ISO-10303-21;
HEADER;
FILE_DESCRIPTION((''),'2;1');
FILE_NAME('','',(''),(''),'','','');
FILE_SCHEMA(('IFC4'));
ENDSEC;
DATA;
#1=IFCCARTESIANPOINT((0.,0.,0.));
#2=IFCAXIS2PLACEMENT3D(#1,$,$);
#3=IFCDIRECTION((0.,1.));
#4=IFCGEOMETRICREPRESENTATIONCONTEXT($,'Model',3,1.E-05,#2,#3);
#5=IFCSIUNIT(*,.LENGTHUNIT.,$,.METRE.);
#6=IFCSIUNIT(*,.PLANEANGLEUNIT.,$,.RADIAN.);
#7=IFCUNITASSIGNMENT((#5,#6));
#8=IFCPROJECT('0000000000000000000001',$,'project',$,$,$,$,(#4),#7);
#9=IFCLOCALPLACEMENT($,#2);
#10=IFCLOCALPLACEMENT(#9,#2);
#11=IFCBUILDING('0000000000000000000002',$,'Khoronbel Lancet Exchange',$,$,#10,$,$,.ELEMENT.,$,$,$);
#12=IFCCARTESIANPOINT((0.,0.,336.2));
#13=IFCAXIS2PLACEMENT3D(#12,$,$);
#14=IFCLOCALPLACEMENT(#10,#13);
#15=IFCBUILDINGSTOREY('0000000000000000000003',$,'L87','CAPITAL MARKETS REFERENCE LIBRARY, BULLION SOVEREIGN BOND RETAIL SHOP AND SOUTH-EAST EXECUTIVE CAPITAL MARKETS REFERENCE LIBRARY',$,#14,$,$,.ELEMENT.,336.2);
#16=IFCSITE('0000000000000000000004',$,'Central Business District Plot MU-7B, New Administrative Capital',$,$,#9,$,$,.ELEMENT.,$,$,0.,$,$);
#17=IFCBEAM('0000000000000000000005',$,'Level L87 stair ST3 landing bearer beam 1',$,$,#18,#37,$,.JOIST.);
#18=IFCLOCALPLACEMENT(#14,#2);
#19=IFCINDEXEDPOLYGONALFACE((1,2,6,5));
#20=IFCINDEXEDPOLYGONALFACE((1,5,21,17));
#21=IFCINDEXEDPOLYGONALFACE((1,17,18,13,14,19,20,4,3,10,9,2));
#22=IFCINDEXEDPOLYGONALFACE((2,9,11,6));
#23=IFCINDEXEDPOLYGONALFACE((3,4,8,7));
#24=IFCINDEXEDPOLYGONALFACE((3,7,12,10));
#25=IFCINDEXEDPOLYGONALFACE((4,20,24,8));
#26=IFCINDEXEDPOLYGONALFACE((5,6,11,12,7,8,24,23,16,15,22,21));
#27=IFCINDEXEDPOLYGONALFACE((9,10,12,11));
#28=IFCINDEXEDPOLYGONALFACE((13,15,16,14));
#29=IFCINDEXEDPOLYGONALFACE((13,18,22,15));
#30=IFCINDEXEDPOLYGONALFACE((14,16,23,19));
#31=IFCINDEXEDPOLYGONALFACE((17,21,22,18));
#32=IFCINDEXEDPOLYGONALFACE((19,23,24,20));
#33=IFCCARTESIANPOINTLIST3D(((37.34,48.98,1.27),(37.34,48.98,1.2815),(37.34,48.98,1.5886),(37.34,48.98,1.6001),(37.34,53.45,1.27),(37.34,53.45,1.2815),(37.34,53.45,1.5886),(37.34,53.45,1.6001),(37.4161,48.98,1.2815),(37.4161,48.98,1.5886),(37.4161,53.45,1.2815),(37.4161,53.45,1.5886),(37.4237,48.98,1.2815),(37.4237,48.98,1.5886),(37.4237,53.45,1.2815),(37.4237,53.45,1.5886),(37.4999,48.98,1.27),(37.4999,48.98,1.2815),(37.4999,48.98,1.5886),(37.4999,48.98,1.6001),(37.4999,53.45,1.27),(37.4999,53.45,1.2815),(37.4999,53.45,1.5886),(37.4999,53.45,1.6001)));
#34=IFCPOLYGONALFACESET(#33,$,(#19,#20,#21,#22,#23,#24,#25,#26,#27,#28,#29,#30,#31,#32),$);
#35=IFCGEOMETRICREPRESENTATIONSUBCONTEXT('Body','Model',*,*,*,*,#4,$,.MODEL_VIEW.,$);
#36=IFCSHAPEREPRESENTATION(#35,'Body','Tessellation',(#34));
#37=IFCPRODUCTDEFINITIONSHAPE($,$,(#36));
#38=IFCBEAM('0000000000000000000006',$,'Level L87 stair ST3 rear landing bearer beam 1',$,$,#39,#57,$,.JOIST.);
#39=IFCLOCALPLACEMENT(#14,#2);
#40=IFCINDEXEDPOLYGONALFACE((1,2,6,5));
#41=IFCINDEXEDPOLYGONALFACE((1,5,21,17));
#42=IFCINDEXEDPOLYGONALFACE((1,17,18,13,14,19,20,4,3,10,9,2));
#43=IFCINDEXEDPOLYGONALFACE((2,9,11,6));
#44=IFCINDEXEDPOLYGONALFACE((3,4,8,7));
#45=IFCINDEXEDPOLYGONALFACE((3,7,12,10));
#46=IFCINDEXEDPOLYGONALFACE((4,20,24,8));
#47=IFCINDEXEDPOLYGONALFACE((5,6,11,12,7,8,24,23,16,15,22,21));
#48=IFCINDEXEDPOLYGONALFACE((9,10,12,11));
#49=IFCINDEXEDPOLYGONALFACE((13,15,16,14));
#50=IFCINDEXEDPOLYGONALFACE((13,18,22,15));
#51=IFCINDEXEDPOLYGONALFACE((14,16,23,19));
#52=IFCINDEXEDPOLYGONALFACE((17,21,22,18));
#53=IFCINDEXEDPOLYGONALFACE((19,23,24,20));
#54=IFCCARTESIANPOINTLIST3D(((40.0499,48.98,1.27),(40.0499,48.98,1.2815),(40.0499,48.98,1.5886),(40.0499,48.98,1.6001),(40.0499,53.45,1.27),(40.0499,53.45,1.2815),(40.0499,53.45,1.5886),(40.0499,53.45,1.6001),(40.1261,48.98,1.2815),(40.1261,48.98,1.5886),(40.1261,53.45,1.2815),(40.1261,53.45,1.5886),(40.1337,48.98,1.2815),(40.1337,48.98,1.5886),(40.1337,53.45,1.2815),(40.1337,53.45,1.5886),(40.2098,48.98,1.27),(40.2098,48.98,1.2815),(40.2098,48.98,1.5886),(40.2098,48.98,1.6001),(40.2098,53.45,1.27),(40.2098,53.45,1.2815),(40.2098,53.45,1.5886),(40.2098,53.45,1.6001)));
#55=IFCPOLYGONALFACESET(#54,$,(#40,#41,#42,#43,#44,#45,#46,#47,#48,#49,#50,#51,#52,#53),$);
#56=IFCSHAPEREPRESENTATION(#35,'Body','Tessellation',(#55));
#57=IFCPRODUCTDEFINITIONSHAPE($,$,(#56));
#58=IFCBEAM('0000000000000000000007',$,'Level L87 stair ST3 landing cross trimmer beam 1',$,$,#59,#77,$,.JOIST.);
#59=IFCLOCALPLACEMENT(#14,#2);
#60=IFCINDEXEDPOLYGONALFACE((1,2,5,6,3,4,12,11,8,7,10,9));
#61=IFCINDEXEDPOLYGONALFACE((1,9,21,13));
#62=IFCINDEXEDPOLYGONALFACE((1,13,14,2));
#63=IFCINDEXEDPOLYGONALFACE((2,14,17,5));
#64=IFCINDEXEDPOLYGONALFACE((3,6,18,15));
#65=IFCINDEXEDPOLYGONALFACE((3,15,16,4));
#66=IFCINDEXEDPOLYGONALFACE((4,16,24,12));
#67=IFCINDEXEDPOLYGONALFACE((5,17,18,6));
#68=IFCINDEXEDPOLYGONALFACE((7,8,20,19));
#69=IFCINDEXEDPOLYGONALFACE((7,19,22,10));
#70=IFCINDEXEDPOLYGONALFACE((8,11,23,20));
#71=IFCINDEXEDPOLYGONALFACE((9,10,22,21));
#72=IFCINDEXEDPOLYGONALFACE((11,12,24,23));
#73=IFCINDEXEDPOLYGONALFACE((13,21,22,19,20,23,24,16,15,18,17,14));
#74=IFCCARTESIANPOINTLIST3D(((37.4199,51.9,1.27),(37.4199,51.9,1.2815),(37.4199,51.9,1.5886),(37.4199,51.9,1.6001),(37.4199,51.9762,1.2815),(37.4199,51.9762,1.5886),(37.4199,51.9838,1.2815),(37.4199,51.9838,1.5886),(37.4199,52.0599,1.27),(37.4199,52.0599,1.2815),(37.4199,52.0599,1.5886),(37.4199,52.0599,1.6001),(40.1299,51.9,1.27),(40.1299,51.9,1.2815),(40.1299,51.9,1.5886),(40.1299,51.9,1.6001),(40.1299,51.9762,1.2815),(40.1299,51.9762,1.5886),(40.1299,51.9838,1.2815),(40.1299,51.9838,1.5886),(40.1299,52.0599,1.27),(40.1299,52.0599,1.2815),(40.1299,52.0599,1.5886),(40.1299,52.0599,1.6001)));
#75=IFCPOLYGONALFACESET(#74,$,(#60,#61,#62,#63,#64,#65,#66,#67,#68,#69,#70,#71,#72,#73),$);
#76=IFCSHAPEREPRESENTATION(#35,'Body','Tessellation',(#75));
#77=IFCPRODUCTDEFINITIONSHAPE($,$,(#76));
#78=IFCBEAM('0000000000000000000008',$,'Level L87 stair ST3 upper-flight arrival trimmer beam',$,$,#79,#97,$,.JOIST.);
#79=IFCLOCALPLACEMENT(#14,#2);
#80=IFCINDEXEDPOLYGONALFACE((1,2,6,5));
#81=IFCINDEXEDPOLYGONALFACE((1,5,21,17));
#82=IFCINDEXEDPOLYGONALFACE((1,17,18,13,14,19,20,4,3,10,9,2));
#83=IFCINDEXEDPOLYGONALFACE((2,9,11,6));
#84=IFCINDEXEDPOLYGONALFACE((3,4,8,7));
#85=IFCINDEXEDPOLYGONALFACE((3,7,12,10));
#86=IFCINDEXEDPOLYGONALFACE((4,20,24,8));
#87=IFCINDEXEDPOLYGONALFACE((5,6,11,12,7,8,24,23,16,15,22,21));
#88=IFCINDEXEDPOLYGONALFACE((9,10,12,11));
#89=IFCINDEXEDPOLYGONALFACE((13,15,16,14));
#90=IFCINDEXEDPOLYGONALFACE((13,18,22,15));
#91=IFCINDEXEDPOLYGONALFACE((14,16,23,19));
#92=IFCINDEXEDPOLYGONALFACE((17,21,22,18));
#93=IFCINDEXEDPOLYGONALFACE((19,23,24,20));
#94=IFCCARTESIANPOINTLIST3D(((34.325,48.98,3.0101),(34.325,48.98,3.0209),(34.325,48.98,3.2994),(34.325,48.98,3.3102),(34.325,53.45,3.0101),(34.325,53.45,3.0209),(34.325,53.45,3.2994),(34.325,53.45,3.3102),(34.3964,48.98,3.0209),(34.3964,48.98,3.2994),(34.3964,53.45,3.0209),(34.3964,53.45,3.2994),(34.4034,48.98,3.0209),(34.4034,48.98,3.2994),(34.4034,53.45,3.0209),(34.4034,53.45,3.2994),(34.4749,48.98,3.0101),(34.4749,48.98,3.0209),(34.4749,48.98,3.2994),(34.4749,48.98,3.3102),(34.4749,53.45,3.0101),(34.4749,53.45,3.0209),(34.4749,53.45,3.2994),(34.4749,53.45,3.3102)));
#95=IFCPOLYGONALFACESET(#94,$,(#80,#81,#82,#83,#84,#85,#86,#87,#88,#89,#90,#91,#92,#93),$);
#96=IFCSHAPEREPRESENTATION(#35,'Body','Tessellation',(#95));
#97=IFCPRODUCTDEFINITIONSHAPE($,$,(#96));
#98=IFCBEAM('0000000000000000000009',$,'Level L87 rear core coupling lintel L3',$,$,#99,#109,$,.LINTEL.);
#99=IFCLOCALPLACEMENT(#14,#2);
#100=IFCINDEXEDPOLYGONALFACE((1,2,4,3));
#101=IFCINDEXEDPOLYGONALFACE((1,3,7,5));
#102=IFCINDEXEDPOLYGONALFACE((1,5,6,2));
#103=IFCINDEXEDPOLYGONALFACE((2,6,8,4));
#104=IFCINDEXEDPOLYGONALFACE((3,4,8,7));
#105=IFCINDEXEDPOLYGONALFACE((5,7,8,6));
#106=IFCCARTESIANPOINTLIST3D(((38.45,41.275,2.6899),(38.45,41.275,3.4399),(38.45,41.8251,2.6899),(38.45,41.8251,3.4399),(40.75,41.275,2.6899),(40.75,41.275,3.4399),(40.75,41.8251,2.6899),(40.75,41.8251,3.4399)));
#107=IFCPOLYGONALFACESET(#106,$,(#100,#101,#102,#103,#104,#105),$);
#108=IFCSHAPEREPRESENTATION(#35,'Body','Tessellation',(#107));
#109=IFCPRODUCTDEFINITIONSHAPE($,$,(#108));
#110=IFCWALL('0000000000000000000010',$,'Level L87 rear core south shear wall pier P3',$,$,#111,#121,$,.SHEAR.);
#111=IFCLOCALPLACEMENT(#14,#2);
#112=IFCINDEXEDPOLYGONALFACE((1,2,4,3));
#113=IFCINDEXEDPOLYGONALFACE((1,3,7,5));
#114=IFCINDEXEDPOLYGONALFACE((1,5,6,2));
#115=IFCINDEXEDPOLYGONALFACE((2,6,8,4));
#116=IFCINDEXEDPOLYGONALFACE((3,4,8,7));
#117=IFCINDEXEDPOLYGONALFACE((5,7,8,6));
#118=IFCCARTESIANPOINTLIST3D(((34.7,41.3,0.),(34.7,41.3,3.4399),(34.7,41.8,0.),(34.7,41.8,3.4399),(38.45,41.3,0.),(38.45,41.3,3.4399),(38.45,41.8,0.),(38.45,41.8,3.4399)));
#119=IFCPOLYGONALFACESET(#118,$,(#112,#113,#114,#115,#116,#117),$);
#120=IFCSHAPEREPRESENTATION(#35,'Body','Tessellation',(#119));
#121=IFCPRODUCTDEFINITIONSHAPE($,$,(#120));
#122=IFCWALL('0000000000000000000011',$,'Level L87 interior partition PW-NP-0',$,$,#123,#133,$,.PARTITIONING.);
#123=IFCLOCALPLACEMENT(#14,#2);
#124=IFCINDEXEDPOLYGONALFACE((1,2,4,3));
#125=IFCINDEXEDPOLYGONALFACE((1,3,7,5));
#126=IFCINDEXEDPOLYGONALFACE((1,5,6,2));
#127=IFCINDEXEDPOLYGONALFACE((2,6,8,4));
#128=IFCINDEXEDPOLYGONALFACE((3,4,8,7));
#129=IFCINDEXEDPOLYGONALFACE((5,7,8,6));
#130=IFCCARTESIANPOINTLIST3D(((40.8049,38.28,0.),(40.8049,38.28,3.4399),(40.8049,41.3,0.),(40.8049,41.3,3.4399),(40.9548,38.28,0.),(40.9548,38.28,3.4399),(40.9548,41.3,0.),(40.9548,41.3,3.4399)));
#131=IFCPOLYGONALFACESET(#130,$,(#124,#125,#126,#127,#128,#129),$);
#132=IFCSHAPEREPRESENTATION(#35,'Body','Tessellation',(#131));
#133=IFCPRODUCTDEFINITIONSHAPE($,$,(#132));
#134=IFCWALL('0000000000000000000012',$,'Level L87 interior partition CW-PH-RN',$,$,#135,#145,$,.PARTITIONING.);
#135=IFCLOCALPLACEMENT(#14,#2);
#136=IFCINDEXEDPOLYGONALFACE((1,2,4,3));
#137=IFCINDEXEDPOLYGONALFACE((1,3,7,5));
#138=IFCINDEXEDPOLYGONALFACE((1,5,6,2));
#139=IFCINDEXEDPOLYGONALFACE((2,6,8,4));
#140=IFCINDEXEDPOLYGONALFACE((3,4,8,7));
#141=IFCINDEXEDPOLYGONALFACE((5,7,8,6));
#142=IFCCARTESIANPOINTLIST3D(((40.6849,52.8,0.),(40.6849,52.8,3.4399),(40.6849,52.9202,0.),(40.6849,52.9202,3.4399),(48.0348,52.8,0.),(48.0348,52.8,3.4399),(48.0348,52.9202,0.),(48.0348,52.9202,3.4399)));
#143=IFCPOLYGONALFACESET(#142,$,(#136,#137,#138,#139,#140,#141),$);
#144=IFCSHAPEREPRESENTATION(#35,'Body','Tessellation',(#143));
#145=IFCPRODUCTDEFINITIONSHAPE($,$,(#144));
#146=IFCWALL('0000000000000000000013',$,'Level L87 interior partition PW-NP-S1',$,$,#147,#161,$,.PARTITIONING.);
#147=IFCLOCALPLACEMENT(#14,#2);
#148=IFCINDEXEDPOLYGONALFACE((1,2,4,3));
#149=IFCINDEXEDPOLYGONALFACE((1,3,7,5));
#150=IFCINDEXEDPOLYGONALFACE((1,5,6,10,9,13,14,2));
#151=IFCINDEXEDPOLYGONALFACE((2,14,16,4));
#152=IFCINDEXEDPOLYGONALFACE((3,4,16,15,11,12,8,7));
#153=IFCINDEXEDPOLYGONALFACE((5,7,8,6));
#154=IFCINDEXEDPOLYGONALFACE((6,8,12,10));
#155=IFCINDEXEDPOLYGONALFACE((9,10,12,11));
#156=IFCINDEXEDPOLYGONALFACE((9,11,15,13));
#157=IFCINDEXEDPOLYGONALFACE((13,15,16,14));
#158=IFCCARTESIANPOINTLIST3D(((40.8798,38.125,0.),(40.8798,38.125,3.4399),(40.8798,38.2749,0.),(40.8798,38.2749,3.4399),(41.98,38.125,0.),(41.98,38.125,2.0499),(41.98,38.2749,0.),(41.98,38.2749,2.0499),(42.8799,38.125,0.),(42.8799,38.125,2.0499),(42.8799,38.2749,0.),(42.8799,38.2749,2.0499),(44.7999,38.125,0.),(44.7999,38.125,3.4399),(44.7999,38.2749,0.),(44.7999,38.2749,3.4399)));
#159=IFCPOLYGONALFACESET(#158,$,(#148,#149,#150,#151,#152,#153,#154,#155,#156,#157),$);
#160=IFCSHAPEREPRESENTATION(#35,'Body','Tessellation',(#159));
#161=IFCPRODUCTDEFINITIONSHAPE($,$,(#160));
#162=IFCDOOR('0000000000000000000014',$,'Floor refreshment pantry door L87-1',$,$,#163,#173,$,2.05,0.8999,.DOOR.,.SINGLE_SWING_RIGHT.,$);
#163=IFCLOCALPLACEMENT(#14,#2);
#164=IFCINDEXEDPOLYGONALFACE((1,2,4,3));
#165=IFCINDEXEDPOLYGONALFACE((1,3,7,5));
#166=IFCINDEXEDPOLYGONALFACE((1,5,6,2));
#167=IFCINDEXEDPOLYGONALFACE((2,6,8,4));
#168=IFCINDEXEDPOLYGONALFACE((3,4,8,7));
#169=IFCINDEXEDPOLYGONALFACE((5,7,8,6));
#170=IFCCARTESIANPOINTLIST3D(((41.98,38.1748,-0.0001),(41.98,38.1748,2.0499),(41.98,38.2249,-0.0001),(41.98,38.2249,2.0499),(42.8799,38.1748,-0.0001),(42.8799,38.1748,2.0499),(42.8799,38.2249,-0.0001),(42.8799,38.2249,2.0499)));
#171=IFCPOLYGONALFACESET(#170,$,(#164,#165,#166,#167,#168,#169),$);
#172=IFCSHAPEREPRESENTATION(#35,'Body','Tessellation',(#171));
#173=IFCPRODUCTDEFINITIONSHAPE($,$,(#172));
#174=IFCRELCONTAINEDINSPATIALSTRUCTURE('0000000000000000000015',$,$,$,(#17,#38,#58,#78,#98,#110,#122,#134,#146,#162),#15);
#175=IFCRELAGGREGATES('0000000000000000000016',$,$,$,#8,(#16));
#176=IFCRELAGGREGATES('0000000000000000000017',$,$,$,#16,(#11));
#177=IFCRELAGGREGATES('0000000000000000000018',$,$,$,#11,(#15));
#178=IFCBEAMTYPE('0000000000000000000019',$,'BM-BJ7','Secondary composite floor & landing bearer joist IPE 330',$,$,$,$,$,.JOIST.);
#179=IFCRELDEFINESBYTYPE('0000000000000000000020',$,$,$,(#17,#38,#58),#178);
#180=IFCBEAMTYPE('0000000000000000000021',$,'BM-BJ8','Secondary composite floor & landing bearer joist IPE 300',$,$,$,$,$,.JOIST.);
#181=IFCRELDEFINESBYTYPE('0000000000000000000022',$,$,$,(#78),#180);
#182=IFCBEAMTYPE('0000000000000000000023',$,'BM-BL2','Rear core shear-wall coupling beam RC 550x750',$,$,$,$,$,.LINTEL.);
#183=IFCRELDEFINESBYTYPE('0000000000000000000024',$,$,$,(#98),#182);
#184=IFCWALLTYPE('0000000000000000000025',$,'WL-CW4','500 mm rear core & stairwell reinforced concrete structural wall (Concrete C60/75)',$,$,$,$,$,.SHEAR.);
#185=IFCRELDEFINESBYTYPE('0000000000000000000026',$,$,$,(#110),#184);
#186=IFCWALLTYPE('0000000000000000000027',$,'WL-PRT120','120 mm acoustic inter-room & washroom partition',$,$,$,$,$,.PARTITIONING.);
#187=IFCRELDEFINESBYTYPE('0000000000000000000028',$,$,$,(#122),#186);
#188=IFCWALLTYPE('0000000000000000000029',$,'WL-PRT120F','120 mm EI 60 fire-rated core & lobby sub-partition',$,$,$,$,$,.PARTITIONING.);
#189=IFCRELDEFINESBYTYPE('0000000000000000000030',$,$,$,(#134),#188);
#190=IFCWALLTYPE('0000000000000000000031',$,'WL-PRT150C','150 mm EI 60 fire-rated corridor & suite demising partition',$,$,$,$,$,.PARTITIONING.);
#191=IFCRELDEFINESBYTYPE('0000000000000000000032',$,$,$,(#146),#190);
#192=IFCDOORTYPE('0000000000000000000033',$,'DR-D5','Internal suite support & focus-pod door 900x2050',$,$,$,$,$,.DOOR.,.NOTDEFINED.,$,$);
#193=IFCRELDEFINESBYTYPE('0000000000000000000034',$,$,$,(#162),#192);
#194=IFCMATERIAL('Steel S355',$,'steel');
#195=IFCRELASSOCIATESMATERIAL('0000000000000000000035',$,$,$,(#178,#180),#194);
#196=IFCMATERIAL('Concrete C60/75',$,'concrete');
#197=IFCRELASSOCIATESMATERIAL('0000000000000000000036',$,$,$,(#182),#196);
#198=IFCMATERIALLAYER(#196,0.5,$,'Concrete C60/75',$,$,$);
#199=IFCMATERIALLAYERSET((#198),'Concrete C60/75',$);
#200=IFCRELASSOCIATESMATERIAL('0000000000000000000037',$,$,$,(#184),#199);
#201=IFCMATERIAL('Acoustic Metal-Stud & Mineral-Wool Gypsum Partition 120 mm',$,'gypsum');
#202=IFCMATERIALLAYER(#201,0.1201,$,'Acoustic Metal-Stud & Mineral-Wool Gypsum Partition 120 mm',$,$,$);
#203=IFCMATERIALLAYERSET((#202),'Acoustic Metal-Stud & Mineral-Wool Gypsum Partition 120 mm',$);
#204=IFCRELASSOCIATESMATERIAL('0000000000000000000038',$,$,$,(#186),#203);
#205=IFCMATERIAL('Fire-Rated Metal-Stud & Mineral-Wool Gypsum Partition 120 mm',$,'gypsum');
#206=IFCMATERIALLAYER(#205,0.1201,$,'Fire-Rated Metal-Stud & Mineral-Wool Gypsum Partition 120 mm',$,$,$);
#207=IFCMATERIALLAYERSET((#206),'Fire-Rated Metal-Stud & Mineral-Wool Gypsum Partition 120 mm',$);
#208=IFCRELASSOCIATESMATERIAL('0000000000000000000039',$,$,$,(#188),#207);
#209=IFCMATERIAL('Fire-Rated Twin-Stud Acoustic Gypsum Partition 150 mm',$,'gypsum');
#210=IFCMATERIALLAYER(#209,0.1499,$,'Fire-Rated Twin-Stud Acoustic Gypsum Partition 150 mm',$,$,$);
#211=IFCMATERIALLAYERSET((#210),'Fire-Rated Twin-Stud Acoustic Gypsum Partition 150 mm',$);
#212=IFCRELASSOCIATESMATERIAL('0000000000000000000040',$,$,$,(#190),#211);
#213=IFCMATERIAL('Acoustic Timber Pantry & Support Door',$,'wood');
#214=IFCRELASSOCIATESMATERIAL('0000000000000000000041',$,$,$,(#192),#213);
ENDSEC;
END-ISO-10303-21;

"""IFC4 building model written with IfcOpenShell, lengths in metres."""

from ifc_helpers import new_model, si_unit, direction, frame, frame_2d, origin, origin_2d, place, context, subcontext, project, spatial, rectangle, i_section, extrude, material, layer, layer_set, material_profile, profile_set, type_object, element, fill, save


model = new_model("IFC4")

# Units and contexts
model_context = context("Model", 3, precision=1e-05, world=origin(), true_north=direction((0.0, 1.0)))
body_context = subcontext(model_context, "Body", "Model", "MODEL_VIEW")
ifc_project = project(units=[si_unit("LENGTHUNIT", "METRE"), si_unit("PLANEANGLEUNIT", "RADIAN")], contexts=[model_context])

# Site, building, storey
site_placement = place(None, origin())
site = spatial("IfcSite", under=ifc_project, at=site_placement, Name="Central Business District Plot MU-7B, New Administrative Capital", CompositionType="ELEMENT", RefElevation=0.0)
building_placement = place(site_placement, origin())
building = spatial("IfcBuilding", under=site, at=building_placement, Name="Khoronbel Lancet Exchange", CompositionType="ELEMENT")
storey_placement = place(building_placement, frame((0.0, 0.0, 336.2)))
storey = spatial("IfcBuildingStorey", under=building, at=storey_placement, Name="L87", Description="CAPITAL MARKETS REFERENCE LIBRARY, BULLION SOVEREIGN BOND RETAIL SHOP AND SOUTH-EAST EXECUTIVE CAPITAL MARKETS REFERENCE LIBRARY", CompositionType="ELEMENT", Elevation=336.2)

# Beams
ifc_material_1 = material(Name="Steel S355", Category="steel")
ifc_material_profile_1 = material_profile(ifc_material_1, i_section(OverallWidth=0.1599, OverallDepth=0.3301, WebThickness=0.0076, FlangeThickness=0.0115, at=origin_2d()), Name="IPE 330")
ifc_profile_set_1 = profile_set([ifc_material_profile_1], Name="Steel S355")
beam_type_1 = type_object("IfcBeamType", Name="BM-BJ7", Description="Secondary composite floor & landing bearer joist IPE 330", PredefinedType="JOIST", material=ifc_profile_set_1)
for number, where, z_axis, x_axis, name in (
    (1, (37.4199, 48.98, 1.4351), (0.0, 1.0, 0.0), (-1.0, 0.0, 0.0), "Level L87 stair ST3 landing bearer beam 1"),
    (2, (40.1299, 48.98, 1.4351), (0.0, 1.0, 0.0), (-1.0, 0.0, 0.0), "Level L87 stair ST3 rear landing bearer beam 1"),
):
    element("IfcBeam", number, at=place(storey_placement, frame(where, z_axis=z_axis, x_axis=x_axis)), inside=storey, type_object=beam_type_1, Name=name, PredefinedType="JOIST", context=body_context, shape_type="SweptSolid", body=[
        extrude(i_section(OverallWidth=0.1599, OverallDepth=0.3301, WebThickness=0.0076, FlangeThickness=0.0115, at=origin_2d()), origin(), (0.0, 0.0, 1.0), 4.47),
    ])
beam_1_placement = place(storey_placement, frame((37.4199, 51.98, 1.4351), z_axis=(1.0, 0.0, 0.0), x_axis=(0.0, 1.0, 0.0)))
element("IfcBeam", 3, at=beam_1_placement, inside=storey, type_object=beam_type_1, Name="Level L87 stair ST3 landing cross trimmer beam 1", PredefinedType="JOIST", context=body_context, shape_type="SweptSolid", body=[
    extrude(i_section(OverallWidth=0.1599, OverallDepth=0.3301, WebThickness=0.0076, FlangeThickness=0.0115, at=origin_2d()), origin(), (0.0, 0.0, 1.0), 2.71),
])
ifc_material_profile_2 = material_profile(ifc_material_1, i_section(OverallWidth=0.1499, OverallDepth=0.3, WebThickness=0.0071, FlangeThickness=0.0107, at=origin_2d()), Name="IPE 300")
ifc_profile_set_2 = profile_set([ifc_material_profile_2], Name="Steel S355")
beam_type_2 = type_object("IfcBeamType", Name="BM-BJ8", Description="Secondary composite floor & landing bearer joist IPE 300", PredefinedType="JOIST", material=ifc_profile_set_2)
beam_2_placement = place(storey_placement, frame((34.3999, 48.98, 3.1602), z_axis=(0.0, 1.0, 0.0), x_axis=(-1.0, 0.0, 0.0)))
element("IfcBeam", 4, at=beam_2_placement, inside=storey, type_object=beam_type_2, Name="Level L87 stair ST3 upper-flight arrival trimmer beam", PredefinedType="JOIST", context=body_context, shape_type="SweptSolid", body=[
    extrude(i_section(OverallWidth=0.1499, OverallDepth=0.3, WebThickness=0.0071, FlangeThickness=0.0107, at=origin_2d()), origin(), (0.0, 0.0, 1.0), 4.47),
])
ifc_material_2 = material(Name="Concrete C60/75", Category="concrete")
ifc_material_profile_3 = material_profile(ifc_material_2, rectangle(XDim=0.55, YDim=0.75, at=origin_2d()), Name="RC 550x750")
ifc_profile_set_3 = profile_set([ifc_material_profile_3], Name="Concrete C60/75")
beam_type_3 = type_object("IfcBeamType", Name="BM-BL2", Description="Rear core shear-wall coupling beam RC 550x750", PredefinedType="LINTEL", material=ifc_profile_set_3)
beam_3_placement = place(storey_placement, frame((38.45, 41.55, 3.0649), z_axis=(1.0, 0.0, 0.0), x_axis=(0.0, 1.0, 0.0)))
element("IfcBeam", 5, at=beam_3_placement, inside=storey, type_object=beam_type_3, Name="Level L87 rear core coupling lintel L3", PredefinedType="LINTEL", context=body_context, shape_type="SweptSolid", body=[
    extrude(rectangle(XDim=0.55, YDim=0.75, at=origin_2d()), origin(), (0.0, 0.0, 1.0), 2.3),
])

# Walls
ifc_layer_1 = layer(ifc_material_2, 0.5, Name="Concrete C60/75")
ifc_layer_set_1 = layer_set([ifc_layer_1], Name="Concrete C60/75")
wall_type_1 = type_object("IfcWallType", Name="WL-CW4", Description="500 mm rear core & stairwell reinforced concrete structural wall (Concrete C60/75)", PredefinedType="SHEAR", material=ifc_layer_set_1)
wall_1_placement = place(storey_placement, frame((38.45, 41.55, 0.0), z_axis=(0.0, 0.0, 1.0), x_axis=(-1.0, 0.0, 0.0)))
element("IfcWall", 6, at=wall_1_placement, inside=storey, type_object=wall_type_1, Name="Level L87 rear core south shear wall pier P3", PredefinedType="SHEAR", context=body_context, shape_type="SweptSolid", body=[
    extrude(rectangle(XDim=3.75, YDim=0.5, at=frame_2d((1.875, 0.0))), origin(), (0.0, 0.0, 1.0), 3.4399),
])
ifc_material_3 = material(Name="Acoustic Metal-Stud & Mineral-Wool Gypsum Partition 120 mm", Category="gypsum")
ifc_layer_2 = layer(ifc_material_3, 0.1201, Name="Acoustic Metal-Stud & Mineral-Wool Gypsum Partition 120 mm")
ifc_layer_set_2 = layer_set([ifc_layer_2], Name="Acoustic Metal-Stud & Mineral-Wool Gypsum Partition 120 mm")
wall_type_2 = type_object("IfcWallType", Name="WL-PRT120", Description="120 mm acoustic inter-room & washroom partition", PredefinedType="PARTITIONING", material=ifc_layer_set_2)
wall_2_placement = place(storey_placement, frame((40.8799, 38.28, 0.0), z_axis=(0.0, 0.0, 1.0), x_axis=(0.0, 1.0, 0.0)))
element("IfcWall", 7, at=wall_2_placement, inside=storey, type_object=wall_type_2, Name="Level L87 interior partition PW-NP-0", PredefinedType="PARTITIONING", context=body_context, shape_type="SweptSolid", body=[
    extrude(rectangle(XDim=3.02, YDim=0.1499, at=frame_2d((1.51, 0.0))), origin(), (0.0, 0.0, 1.0), 3.4399),
])
ifc_material_4 = material(Name="Fire-Rated Metal-Stud & Mineral-Wool Gypsum Partition 120 mm", Category="gypsum")
ifc_layer_3 = layer(ifc_material_4, 0.1201, Name="Fire-Rated Metal-Stud & Mineral-Wool Gypsum Partition 120 mm")
ifc_layer_set_3 = layer_set([ifc_layer_3], Name="Fire-Rated Metal-Stud & Mineral-Wool Gypsum Partition 120 mm")
wall_type_3 = type_object("IfcWallType", Name="WL-PRT120F", Description="120 mm EI 60 fire-rated core & lobby sub-partition", PredefinedType="PARTITIONING", material=ifc_layer_set_3)
wall_3_placement = place(storey_placement, frame((40.6851, 52.8601, 0.0), z_axis=(0.0, 0.0, 1.0), x_axis=(1.0, 0.0, 0.0)))
element("IfcWall", 8, at=wall_3_placement, inside=storey, type_object=wall_type_3, Name="Level L87 interior partition CW-PH-RN", PredefinedType="PARTITIONING", context=body_context, shape_type="SweptSolid", body=[
    extrude(rectangle(XDim=7.3499, YDim=0.1201, at=frame_2d((3.6748, 0.0))), origin(), (0.0, 0.0, 1.0), 3.4399),
])

# Wall, opening, door
ifc_material_5 = material(Name="Fire-Rated Twin-Stud Acoustic Gypsum Partition 150 mm", Category="gypsum")
ifc_layer_4 = layer(ifc_material_5, 0.1499, Name="Fire-Rated Twin-Stud Acoustic Gypsum Partition 150 mm")
ifc_layer_set_4 = layer_set([ifc_layer_4], Name="Fire-Rated Twin-Stud Acoustic Gypsum Partition 150 mm")
wall_type_4 = type_object("IfcWallType", Name="WL-PRT150C", Description="150 mm EI 60 fire-rated corridor & suite demising partition", PredefinedType="PARTITIONING", material=ifc_layer_set_4)
wall_4_placement = place(storey_placement, frame((40.8799, 38.2, 0.0), z_axis=(0.0, 0.0, 1.0), x_axis=(1.0, 0.0, 0.0)))
wall_4 = element("IfcWall", 9, at=wall_4_placement, inside=storey, type_object=wall_type_4, Name="Level L87 interior partition PW-NP-S1", PredefinedType="PARTITIONING", context=body_context, shape_type="SweptSolid", body=[
    extrude(rectangle(XDim=3.9202, YDim=0.1499, at=frame_2d((1.96, 0.0))), origin(), (0.0, 0.0, 1.0), 3.4399),
])
opening_1_placement = place(wall_4_placement, frame((1.1001, 0.0, 0.0)))
opening_1 = element("IfcOpeningElement", 10, at=opening_1_placement, cuts=wall_4, PredefinedType="OPENING", context=body_context, shape_type="SweptSolid", body=[
    extrude(rectangle(XDim=0.8999, YDim=2.05, at=frame_2d((0.45, 1.0249))), frame((0.0, 0.085, 0.0), z_axis=(0.0, -1.0, 0.0), x_axis=(1.0, 0.0, 0.0)), (0.0, 0.0, 1.0), 0.1699),
])
ifc_material_6 = material(Name="Acoustic Timber Pantry & Support Door", Category="wood")
door_type_1 = type_object("IfcDoorType", Name="DR-D5", Description="Internal suite support & focus-pod door 900x2050", OperationType="NOTDEFINED", PredefinedType="DOOR", material=ifc_material_6)
door_1_placement = place(opening_1_placement, origin())
door_1 = element("IfcDoor", 11, at=door_1_placement, inside=storey, type_object=door_type_1, Name="Floor refreshment pantry door L87-1", OperationType="SINGLE_SWING_RIGHT", OverallHeight=2.05, OverallWidth=0.8999, PredefinedType="DOOR", context=body_context, shape_type="SweptSolid", body=[
    extrude(rectangle(XDim=0.8999, YDim=2.05, at=frame_2d((0.45, 1.0249))), frame((0.0, 0.0249, 0.0), z_axis=(0.0, -1.0, 0.0), x_axis=(1.0, 0.0, 0.0)), (0.0, 0.0, 1.0), 0.05),
])
fill(opening_1, door_1)

save(model, "model.ifc")
